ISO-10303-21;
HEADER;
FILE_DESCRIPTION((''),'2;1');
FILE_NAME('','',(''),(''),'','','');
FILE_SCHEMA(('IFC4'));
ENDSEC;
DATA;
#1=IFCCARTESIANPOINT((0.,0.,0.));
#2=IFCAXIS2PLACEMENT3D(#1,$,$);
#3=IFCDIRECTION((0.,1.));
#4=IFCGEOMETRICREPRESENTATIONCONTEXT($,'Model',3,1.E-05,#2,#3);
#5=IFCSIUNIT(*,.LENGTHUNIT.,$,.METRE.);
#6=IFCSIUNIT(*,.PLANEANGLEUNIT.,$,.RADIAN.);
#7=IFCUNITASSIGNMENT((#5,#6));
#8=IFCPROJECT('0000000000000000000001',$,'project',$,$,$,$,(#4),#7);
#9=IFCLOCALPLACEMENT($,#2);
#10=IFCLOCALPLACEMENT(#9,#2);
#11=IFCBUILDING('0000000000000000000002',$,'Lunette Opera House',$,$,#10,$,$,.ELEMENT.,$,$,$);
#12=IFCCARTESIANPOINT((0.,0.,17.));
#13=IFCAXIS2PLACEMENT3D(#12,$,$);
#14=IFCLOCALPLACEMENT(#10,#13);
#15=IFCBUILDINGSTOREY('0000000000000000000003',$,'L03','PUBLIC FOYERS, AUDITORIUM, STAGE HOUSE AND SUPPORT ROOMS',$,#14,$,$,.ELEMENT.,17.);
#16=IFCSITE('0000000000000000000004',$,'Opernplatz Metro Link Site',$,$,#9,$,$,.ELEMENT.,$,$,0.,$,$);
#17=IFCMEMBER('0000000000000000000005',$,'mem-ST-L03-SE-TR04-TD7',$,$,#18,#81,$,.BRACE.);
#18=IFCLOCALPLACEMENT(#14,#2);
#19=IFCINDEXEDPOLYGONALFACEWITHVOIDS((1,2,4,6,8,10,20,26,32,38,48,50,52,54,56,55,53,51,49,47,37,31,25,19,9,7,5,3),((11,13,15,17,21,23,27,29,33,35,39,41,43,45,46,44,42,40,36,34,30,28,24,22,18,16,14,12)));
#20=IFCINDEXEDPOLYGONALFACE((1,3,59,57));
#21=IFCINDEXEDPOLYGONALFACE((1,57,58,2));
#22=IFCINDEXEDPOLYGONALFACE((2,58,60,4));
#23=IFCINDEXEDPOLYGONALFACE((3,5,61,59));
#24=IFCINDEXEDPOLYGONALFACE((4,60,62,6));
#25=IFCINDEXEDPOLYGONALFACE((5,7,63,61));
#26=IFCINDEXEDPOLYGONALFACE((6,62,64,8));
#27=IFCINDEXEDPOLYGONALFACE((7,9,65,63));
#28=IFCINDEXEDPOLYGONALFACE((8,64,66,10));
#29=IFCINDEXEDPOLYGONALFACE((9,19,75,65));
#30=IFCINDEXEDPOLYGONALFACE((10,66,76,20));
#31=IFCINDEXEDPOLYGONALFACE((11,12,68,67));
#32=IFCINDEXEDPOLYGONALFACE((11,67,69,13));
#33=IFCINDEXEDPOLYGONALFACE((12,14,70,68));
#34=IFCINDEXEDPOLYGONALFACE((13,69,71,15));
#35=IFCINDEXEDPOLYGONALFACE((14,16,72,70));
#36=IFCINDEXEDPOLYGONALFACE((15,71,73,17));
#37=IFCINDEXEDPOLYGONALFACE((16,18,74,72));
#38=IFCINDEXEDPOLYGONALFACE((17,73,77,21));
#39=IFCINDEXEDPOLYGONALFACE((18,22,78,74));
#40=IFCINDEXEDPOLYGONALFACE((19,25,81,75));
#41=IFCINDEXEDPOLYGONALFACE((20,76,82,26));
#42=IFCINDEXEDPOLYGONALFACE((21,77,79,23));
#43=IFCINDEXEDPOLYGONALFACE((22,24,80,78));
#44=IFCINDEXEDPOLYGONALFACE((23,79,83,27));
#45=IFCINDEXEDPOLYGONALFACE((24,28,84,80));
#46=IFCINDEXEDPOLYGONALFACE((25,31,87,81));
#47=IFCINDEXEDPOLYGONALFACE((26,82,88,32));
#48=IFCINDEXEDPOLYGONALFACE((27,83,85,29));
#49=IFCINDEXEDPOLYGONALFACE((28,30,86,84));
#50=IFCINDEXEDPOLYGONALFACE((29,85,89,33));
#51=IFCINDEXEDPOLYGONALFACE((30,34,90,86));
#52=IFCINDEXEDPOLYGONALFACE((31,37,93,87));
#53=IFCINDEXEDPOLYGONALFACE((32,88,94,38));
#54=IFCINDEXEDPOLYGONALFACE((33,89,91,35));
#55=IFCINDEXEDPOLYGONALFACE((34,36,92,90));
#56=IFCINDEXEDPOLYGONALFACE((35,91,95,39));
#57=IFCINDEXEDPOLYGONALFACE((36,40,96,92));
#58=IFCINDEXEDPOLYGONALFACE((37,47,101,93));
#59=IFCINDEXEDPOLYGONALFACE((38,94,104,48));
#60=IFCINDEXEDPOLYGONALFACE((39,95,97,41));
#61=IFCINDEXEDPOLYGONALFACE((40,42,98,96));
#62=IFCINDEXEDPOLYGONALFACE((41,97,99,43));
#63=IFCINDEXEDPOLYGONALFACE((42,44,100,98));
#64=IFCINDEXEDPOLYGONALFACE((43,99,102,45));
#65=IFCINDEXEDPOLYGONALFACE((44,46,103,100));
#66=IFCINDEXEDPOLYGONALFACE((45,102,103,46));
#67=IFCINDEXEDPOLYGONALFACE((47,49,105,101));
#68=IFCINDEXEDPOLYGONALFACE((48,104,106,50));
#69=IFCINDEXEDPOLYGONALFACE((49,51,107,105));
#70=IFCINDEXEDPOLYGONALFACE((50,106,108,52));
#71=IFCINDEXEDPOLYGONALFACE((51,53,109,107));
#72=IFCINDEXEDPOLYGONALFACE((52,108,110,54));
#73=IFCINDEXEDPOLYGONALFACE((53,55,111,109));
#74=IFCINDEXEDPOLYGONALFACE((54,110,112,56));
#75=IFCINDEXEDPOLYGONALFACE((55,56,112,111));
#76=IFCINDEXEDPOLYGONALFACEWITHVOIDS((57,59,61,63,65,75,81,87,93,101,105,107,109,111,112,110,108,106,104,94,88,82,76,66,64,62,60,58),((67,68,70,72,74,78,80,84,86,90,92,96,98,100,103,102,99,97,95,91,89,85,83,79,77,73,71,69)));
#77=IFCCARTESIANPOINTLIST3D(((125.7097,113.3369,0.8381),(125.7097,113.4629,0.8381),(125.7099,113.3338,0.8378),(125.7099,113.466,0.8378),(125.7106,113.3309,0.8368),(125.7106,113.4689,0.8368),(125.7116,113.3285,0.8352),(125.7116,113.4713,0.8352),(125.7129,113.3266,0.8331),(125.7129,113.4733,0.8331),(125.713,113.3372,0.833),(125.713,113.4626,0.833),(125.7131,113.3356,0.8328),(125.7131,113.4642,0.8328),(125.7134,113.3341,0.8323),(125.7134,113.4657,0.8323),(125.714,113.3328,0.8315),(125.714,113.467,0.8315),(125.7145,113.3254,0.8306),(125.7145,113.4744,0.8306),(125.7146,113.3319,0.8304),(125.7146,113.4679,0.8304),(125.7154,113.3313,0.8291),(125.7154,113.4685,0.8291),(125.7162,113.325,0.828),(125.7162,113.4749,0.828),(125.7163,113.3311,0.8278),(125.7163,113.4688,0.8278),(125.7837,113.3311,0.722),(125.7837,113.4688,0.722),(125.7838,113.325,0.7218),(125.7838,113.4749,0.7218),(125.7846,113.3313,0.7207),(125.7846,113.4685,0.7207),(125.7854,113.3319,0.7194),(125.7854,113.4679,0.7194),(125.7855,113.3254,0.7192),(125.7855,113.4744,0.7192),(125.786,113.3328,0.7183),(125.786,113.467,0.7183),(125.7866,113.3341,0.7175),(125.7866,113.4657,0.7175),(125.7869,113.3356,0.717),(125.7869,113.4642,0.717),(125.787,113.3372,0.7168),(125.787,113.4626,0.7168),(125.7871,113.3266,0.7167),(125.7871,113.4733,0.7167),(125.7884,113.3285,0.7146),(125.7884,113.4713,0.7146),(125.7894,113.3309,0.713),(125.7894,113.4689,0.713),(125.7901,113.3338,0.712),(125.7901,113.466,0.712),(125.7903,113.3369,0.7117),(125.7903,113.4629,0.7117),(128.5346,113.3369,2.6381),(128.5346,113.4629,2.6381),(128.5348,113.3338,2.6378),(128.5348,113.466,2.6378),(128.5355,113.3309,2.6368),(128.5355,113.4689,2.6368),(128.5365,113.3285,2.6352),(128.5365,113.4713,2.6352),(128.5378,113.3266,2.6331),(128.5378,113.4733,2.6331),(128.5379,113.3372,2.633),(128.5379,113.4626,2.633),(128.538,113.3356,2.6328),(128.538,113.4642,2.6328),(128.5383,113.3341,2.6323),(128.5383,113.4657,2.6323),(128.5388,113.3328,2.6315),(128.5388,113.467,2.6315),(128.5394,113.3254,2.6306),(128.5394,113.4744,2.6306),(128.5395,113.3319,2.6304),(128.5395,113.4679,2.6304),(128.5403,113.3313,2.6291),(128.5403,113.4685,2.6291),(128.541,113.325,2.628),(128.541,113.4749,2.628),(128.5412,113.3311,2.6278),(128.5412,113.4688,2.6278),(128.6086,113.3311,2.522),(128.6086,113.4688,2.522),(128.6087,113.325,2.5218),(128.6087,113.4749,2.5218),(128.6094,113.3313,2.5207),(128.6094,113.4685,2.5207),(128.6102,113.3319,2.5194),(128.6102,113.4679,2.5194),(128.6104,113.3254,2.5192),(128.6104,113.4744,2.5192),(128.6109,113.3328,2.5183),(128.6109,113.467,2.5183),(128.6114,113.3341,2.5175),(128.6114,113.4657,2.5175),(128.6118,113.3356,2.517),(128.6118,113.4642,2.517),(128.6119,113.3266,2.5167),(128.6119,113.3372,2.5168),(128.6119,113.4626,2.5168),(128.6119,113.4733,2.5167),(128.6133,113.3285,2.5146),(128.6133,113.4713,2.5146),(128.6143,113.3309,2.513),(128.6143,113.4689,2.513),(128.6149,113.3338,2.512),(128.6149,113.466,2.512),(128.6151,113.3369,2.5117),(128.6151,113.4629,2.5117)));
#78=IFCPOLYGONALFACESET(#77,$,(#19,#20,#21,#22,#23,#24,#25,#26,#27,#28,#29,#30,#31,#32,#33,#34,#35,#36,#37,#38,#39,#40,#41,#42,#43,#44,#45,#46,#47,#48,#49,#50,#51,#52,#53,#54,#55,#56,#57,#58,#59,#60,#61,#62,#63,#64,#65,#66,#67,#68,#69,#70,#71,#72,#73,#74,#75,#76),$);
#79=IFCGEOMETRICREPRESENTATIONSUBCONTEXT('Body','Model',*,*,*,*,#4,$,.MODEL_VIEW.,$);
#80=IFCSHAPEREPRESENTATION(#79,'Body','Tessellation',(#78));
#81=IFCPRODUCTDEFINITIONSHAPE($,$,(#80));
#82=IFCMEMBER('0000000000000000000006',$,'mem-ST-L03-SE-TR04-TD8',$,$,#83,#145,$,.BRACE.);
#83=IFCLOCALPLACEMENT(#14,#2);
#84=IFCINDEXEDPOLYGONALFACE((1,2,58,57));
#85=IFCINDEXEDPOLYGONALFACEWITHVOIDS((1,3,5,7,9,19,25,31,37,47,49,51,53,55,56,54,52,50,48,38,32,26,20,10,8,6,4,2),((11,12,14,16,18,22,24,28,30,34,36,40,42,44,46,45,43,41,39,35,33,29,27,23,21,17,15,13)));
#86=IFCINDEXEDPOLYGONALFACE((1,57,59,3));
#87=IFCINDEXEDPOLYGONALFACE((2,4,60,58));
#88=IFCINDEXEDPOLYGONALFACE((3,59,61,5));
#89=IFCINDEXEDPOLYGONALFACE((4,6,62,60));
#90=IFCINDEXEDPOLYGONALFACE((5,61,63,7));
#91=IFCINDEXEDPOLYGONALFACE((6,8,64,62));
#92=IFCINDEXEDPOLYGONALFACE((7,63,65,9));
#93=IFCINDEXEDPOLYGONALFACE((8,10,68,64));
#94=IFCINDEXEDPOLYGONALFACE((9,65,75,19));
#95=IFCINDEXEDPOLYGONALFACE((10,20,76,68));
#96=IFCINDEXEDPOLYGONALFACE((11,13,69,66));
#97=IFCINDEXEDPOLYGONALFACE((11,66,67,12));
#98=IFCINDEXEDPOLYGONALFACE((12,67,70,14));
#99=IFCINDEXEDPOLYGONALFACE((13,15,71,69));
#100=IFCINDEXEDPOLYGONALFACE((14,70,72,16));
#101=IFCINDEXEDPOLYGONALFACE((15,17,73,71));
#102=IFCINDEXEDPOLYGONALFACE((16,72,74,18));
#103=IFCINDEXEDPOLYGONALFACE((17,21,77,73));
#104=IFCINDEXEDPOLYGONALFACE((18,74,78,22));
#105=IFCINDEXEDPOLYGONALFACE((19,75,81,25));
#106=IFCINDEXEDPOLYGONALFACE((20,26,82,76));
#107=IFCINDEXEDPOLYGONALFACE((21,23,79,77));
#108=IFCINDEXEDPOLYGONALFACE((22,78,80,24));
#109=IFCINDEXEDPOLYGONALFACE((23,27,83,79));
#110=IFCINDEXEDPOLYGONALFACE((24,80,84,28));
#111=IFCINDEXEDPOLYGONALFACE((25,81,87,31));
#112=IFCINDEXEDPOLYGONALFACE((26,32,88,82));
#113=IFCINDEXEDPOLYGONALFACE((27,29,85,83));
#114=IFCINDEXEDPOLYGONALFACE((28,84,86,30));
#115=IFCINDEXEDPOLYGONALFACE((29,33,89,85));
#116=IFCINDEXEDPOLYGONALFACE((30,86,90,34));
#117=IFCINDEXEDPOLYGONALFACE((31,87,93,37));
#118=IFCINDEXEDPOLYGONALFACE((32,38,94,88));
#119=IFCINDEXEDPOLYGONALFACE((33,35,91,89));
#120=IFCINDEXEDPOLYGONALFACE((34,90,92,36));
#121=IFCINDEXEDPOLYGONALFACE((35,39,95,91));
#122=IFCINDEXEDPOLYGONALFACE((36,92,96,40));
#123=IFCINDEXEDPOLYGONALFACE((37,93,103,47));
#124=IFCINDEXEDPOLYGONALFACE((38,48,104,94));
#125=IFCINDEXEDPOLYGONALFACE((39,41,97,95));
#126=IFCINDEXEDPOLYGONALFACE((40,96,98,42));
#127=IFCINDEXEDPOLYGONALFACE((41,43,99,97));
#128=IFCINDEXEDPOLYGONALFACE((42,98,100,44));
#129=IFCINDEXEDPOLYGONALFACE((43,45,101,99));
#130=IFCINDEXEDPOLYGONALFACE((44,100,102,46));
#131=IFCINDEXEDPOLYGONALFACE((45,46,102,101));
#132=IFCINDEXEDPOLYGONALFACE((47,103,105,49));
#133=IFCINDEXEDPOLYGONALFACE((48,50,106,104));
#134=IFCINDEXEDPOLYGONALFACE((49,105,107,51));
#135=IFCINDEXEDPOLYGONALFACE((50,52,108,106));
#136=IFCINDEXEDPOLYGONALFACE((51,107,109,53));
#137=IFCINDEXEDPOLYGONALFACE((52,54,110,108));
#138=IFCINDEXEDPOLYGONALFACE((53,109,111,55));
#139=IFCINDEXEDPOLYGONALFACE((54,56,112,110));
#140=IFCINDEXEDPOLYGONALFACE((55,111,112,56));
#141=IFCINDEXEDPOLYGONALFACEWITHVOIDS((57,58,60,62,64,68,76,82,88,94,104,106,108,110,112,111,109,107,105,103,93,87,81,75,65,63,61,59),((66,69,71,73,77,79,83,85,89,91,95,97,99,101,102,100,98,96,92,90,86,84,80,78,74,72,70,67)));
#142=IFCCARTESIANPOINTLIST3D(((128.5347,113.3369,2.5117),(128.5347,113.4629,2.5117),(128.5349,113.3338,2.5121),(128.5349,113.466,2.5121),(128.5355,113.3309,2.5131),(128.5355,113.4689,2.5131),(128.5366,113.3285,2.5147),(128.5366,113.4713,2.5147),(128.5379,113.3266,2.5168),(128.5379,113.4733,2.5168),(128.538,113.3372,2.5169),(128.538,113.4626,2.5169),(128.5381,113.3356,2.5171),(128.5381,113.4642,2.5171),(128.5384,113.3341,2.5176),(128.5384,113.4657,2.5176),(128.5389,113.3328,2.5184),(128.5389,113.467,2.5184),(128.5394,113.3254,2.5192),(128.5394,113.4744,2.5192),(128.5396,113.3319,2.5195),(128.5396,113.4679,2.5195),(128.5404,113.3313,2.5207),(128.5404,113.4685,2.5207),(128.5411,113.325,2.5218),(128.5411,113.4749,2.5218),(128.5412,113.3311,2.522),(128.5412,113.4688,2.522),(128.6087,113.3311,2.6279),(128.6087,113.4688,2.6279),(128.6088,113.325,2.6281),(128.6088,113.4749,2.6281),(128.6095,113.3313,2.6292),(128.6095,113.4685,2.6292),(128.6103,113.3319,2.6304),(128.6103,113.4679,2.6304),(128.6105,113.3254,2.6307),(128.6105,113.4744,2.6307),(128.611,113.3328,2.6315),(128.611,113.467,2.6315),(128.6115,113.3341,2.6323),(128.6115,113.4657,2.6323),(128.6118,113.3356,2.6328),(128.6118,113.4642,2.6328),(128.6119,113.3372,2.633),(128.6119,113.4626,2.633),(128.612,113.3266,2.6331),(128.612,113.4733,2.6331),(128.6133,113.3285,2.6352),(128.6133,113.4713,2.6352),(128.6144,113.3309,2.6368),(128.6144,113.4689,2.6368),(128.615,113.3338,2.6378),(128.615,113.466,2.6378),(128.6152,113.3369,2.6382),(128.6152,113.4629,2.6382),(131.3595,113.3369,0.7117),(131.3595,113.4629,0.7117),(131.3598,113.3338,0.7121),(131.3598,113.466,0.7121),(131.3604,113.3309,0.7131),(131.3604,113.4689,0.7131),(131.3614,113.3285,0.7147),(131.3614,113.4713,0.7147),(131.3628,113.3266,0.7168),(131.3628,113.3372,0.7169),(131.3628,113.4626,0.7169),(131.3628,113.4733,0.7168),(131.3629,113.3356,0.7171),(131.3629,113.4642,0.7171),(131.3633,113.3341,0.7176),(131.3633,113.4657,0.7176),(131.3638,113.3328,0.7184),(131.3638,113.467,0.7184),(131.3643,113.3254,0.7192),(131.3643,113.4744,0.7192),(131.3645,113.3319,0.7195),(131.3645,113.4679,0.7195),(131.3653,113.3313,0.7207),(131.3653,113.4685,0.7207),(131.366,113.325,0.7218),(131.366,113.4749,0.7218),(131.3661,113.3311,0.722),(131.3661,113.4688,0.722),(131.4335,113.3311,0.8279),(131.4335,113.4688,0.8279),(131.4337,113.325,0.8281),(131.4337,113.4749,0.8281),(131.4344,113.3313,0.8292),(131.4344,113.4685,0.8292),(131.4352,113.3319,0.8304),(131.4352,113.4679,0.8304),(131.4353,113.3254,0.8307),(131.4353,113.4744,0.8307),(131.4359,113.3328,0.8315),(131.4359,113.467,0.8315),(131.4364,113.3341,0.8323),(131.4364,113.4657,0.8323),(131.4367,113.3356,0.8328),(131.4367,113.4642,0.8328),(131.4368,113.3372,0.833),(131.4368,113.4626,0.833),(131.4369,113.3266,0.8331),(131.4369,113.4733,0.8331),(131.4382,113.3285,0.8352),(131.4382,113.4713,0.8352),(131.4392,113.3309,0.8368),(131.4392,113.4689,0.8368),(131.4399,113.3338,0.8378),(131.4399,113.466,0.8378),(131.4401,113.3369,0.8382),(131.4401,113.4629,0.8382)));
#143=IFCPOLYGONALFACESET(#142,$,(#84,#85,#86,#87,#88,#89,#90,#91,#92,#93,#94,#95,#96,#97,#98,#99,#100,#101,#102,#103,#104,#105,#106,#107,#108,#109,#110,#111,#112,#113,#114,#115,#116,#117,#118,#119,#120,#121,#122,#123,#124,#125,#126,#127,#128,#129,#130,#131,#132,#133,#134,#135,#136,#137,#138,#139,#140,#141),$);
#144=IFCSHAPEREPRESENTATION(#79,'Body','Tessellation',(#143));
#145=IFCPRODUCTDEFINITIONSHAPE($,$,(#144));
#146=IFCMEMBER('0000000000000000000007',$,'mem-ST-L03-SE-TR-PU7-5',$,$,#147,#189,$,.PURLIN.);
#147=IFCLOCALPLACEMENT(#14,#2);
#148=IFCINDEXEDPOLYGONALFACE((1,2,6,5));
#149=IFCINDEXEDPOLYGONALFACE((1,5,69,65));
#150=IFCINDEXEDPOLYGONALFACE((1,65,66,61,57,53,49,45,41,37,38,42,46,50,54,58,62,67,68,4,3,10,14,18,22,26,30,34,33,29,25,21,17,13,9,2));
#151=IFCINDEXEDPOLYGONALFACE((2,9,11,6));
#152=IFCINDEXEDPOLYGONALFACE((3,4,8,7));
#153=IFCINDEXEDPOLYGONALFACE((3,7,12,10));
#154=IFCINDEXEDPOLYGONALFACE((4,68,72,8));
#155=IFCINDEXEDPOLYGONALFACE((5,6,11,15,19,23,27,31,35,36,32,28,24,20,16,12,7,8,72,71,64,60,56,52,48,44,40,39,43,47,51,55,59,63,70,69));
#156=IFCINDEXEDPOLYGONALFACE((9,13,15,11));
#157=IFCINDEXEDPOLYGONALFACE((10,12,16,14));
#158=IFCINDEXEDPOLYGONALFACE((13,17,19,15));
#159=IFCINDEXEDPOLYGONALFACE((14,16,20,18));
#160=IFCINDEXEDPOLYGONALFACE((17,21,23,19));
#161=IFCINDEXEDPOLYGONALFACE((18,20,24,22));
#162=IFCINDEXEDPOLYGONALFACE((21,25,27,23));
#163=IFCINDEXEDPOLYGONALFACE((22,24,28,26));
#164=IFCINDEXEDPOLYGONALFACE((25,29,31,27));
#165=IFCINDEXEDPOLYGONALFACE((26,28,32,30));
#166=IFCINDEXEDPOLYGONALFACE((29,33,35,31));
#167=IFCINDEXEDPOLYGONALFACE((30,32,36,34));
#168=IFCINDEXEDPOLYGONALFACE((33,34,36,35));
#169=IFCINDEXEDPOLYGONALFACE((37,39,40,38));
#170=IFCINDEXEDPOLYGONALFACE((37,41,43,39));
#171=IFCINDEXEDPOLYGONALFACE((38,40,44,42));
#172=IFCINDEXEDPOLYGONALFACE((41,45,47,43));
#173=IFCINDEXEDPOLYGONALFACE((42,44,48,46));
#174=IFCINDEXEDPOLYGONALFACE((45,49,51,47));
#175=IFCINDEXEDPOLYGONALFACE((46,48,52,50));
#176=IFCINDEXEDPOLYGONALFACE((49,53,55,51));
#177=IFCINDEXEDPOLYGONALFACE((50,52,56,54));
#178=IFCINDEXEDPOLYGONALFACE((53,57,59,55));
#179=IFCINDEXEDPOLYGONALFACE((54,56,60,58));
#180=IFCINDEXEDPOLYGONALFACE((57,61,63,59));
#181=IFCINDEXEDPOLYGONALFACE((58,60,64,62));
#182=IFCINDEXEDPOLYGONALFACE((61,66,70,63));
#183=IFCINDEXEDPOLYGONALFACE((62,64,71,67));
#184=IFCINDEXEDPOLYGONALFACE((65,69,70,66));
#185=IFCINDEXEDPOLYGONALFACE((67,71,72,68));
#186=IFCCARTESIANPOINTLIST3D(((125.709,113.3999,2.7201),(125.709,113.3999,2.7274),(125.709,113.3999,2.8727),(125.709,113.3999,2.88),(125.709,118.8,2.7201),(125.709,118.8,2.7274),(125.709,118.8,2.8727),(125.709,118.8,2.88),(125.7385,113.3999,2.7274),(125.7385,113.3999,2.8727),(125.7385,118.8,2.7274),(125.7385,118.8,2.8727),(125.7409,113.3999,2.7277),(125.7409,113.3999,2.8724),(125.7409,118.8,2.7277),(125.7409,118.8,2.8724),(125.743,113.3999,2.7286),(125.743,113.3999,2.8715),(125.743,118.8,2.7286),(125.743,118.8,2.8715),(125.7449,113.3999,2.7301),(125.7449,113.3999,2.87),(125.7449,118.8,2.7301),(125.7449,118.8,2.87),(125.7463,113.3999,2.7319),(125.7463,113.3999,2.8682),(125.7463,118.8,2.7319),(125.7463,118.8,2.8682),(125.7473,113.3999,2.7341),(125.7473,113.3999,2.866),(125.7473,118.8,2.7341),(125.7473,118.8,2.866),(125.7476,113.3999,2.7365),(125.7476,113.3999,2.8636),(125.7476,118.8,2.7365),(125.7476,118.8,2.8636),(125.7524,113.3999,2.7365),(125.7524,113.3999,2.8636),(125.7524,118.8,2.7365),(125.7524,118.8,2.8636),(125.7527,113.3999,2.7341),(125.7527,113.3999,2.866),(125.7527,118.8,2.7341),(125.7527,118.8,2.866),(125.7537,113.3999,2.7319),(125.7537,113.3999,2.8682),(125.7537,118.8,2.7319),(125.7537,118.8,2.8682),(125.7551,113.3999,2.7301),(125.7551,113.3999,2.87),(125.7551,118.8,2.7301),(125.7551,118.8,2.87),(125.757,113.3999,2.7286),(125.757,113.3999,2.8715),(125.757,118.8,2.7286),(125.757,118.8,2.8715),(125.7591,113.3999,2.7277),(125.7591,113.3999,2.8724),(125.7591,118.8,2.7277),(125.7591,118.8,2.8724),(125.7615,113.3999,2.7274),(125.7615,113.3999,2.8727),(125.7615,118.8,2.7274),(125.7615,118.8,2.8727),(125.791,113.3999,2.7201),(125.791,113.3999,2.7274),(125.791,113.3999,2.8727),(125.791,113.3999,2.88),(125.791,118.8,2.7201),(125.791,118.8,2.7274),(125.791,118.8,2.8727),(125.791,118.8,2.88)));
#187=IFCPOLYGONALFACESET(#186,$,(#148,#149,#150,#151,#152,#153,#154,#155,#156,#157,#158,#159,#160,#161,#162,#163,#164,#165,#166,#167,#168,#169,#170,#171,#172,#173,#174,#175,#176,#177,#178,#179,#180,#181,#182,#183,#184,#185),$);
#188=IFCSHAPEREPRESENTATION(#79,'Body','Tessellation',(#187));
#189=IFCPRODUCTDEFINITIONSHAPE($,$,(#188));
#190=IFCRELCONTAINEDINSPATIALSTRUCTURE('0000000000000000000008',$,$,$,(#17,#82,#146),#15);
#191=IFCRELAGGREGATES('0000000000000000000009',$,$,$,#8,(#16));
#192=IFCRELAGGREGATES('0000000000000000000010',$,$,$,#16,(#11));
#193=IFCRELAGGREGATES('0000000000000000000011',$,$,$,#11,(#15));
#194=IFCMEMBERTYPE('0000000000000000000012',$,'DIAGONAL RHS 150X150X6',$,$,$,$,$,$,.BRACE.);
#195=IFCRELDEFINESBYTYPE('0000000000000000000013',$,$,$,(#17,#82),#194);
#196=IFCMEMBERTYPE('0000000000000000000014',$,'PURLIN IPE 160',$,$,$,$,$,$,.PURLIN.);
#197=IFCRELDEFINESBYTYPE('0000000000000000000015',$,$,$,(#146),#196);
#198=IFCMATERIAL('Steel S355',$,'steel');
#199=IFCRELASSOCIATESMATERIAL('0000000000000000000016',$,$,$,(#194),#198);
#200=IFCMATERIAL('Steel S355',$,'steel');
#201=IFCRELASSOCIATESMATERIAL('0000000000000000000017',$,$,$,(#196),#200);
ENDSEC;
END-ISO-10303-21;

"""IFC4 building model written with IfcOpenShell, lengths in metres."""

from ifc_helpers import new_model, si_unit, direction, frame, origin, origin_2d, place, context, subcontext, project, spatial, hollow_rectangle, i_section, extrude, material, material_profile, profile_set, type_object, element, save


model = new_model("IFC4")

# Units and contexts
model_context = context("Model", 3, precision=1e-05, world=origin(), true_north=direction((0.0, 1.0)))
body_context = subcontext(model_context, "Body", "Model", "MODEL_VIEW")
ifc_project = project(units=[si_unit("LENGTHUNIT", "METRE"), si_unit("PLANEANGLEUNIT", "RADIAN")], contexts=[model_context])

# Site, building, storey
site_placement = place(None, origin())
site = spatial("IfcSite", under=ifc_project, at=site_placement, Name="Opernplatz Metro Link Site", CompositionType="ELEMENT", RefElevation=0.0)
building_placement = place(site_placement, origin())
building = spatial("IfcBuilding", under=site, at=building_placement, Name="Lunette Opera House", CompositionType="ELEMENT")
storey_placement = place(building_placement, frame((0.0, 0.0, 17.0)))
storey = spatial("IfcBuildingStorey", under=building, at=storey_placement, Name="L03", Description="PUBLIC FOYERS, AUDITORIUM, STAGE HOUSE AND SUPPORT ROOMS", CompositionType="ELEMENT", Elevation=17.0)

# Members
ifc_material_1 = material(Name="Steel S355", Category="steel")
ifc_material_profile_1 = material_profile(ifc_material_1, hollow_rectangle(XDim=0.1499, YDim=0.1499, WallThickness=0.0061, InnerFilletRadius=0.0061, OuterFilletRadius=0.012, at=origin_2d()), Name="RHS 150X150X6")
ifc_profile_set_1 = profile_set([ifc_material_profile_1], Name="Steel S355")
member_type_1 = type_object("IfcMemberType", Name="DIAGONAL RHS 150X150X6", PredefinedType="BRACE", material=ifc_profile_set_1)
for number, where, z_axis, x_axis, name in (
    (1, (125.75, 113.3999, 0.7749), (0.843343, 0.0, 0.537375), (0.0, 1.0, 0.0), "mem-ST-L03-SE-TR04-TD7"),
    (2, (128.575, 113.3999, 2.575), (0.843343, 0.0, -0.537375), (0.0, 1.0, 0.0), "mem-ST-L03-SE-TR04-TD8"),
):
    element("IfcMember", number, at=place(storey_placement, frame(where, z_axis=z_axis, x_axis=x_axis)), inside=storey, type_object=member_type_1, Name=name, PredefinedType="BRACE", context=body_context, shape_type="SweptSolid", body=[
        extrude(hollow_rectangle(XDim=0.1499, YDim=0.1499, WallThickness=0.0061, InnerFilletRadius=0.0061, OuterFilletRadius=0.012, at=origin_2d()), origin(), (0.0, 0.0, 1.0), 3.3496),
    ])
ifc_material_2 = material(Name="Steel S355", Category="steel")
ifc_material_profile_2 = material_profile(ifc_material_2, i_section(OverallWidth=0.082, OverallDepth=0.1599, WebThickness=0.0049, FlangeThickness=0.0073, FilletRadius=0.009, at=origin_2d()), Name="IPE 160")
ifc_profile_set_2 = profile_set([ifc_material_profile_2], Name="Steel S355")
member_type_2 = type_object("IfcMemberType", Name="PURLIN IPE 160", PredefinedType="PURLIN", material=ifc_profile_set_2)
for number, where, z_axis, x_axis, name in (
    (3, (125.75, 113.3999, 2.8), (0.0, 1.0, 0.0), (-1.0, 0.0, 0.0), "mem-ST-L03-SE-TR-PU7-5"),
):
    element("IfcMember", number, at=place(storey_placement, frame(where, z_axis=z_axis, x_axis=x_axis)), inside=storey, type_object=member_type_2, Name=name, PredefinedType="PURLIN", context=body_context, shape_type="SweptSolid", body=[
        extrude(i_section(OverallWidth=0.082, OverallDepth=0.1599, WebThickness=0.0049, FlangeThickness=0.0073, FilletRadius=0.009, at=origin_2d()), origin(), (0.0, 0.0, 1.0), 5.4001),
    ])

save(model, "model.ifc")
